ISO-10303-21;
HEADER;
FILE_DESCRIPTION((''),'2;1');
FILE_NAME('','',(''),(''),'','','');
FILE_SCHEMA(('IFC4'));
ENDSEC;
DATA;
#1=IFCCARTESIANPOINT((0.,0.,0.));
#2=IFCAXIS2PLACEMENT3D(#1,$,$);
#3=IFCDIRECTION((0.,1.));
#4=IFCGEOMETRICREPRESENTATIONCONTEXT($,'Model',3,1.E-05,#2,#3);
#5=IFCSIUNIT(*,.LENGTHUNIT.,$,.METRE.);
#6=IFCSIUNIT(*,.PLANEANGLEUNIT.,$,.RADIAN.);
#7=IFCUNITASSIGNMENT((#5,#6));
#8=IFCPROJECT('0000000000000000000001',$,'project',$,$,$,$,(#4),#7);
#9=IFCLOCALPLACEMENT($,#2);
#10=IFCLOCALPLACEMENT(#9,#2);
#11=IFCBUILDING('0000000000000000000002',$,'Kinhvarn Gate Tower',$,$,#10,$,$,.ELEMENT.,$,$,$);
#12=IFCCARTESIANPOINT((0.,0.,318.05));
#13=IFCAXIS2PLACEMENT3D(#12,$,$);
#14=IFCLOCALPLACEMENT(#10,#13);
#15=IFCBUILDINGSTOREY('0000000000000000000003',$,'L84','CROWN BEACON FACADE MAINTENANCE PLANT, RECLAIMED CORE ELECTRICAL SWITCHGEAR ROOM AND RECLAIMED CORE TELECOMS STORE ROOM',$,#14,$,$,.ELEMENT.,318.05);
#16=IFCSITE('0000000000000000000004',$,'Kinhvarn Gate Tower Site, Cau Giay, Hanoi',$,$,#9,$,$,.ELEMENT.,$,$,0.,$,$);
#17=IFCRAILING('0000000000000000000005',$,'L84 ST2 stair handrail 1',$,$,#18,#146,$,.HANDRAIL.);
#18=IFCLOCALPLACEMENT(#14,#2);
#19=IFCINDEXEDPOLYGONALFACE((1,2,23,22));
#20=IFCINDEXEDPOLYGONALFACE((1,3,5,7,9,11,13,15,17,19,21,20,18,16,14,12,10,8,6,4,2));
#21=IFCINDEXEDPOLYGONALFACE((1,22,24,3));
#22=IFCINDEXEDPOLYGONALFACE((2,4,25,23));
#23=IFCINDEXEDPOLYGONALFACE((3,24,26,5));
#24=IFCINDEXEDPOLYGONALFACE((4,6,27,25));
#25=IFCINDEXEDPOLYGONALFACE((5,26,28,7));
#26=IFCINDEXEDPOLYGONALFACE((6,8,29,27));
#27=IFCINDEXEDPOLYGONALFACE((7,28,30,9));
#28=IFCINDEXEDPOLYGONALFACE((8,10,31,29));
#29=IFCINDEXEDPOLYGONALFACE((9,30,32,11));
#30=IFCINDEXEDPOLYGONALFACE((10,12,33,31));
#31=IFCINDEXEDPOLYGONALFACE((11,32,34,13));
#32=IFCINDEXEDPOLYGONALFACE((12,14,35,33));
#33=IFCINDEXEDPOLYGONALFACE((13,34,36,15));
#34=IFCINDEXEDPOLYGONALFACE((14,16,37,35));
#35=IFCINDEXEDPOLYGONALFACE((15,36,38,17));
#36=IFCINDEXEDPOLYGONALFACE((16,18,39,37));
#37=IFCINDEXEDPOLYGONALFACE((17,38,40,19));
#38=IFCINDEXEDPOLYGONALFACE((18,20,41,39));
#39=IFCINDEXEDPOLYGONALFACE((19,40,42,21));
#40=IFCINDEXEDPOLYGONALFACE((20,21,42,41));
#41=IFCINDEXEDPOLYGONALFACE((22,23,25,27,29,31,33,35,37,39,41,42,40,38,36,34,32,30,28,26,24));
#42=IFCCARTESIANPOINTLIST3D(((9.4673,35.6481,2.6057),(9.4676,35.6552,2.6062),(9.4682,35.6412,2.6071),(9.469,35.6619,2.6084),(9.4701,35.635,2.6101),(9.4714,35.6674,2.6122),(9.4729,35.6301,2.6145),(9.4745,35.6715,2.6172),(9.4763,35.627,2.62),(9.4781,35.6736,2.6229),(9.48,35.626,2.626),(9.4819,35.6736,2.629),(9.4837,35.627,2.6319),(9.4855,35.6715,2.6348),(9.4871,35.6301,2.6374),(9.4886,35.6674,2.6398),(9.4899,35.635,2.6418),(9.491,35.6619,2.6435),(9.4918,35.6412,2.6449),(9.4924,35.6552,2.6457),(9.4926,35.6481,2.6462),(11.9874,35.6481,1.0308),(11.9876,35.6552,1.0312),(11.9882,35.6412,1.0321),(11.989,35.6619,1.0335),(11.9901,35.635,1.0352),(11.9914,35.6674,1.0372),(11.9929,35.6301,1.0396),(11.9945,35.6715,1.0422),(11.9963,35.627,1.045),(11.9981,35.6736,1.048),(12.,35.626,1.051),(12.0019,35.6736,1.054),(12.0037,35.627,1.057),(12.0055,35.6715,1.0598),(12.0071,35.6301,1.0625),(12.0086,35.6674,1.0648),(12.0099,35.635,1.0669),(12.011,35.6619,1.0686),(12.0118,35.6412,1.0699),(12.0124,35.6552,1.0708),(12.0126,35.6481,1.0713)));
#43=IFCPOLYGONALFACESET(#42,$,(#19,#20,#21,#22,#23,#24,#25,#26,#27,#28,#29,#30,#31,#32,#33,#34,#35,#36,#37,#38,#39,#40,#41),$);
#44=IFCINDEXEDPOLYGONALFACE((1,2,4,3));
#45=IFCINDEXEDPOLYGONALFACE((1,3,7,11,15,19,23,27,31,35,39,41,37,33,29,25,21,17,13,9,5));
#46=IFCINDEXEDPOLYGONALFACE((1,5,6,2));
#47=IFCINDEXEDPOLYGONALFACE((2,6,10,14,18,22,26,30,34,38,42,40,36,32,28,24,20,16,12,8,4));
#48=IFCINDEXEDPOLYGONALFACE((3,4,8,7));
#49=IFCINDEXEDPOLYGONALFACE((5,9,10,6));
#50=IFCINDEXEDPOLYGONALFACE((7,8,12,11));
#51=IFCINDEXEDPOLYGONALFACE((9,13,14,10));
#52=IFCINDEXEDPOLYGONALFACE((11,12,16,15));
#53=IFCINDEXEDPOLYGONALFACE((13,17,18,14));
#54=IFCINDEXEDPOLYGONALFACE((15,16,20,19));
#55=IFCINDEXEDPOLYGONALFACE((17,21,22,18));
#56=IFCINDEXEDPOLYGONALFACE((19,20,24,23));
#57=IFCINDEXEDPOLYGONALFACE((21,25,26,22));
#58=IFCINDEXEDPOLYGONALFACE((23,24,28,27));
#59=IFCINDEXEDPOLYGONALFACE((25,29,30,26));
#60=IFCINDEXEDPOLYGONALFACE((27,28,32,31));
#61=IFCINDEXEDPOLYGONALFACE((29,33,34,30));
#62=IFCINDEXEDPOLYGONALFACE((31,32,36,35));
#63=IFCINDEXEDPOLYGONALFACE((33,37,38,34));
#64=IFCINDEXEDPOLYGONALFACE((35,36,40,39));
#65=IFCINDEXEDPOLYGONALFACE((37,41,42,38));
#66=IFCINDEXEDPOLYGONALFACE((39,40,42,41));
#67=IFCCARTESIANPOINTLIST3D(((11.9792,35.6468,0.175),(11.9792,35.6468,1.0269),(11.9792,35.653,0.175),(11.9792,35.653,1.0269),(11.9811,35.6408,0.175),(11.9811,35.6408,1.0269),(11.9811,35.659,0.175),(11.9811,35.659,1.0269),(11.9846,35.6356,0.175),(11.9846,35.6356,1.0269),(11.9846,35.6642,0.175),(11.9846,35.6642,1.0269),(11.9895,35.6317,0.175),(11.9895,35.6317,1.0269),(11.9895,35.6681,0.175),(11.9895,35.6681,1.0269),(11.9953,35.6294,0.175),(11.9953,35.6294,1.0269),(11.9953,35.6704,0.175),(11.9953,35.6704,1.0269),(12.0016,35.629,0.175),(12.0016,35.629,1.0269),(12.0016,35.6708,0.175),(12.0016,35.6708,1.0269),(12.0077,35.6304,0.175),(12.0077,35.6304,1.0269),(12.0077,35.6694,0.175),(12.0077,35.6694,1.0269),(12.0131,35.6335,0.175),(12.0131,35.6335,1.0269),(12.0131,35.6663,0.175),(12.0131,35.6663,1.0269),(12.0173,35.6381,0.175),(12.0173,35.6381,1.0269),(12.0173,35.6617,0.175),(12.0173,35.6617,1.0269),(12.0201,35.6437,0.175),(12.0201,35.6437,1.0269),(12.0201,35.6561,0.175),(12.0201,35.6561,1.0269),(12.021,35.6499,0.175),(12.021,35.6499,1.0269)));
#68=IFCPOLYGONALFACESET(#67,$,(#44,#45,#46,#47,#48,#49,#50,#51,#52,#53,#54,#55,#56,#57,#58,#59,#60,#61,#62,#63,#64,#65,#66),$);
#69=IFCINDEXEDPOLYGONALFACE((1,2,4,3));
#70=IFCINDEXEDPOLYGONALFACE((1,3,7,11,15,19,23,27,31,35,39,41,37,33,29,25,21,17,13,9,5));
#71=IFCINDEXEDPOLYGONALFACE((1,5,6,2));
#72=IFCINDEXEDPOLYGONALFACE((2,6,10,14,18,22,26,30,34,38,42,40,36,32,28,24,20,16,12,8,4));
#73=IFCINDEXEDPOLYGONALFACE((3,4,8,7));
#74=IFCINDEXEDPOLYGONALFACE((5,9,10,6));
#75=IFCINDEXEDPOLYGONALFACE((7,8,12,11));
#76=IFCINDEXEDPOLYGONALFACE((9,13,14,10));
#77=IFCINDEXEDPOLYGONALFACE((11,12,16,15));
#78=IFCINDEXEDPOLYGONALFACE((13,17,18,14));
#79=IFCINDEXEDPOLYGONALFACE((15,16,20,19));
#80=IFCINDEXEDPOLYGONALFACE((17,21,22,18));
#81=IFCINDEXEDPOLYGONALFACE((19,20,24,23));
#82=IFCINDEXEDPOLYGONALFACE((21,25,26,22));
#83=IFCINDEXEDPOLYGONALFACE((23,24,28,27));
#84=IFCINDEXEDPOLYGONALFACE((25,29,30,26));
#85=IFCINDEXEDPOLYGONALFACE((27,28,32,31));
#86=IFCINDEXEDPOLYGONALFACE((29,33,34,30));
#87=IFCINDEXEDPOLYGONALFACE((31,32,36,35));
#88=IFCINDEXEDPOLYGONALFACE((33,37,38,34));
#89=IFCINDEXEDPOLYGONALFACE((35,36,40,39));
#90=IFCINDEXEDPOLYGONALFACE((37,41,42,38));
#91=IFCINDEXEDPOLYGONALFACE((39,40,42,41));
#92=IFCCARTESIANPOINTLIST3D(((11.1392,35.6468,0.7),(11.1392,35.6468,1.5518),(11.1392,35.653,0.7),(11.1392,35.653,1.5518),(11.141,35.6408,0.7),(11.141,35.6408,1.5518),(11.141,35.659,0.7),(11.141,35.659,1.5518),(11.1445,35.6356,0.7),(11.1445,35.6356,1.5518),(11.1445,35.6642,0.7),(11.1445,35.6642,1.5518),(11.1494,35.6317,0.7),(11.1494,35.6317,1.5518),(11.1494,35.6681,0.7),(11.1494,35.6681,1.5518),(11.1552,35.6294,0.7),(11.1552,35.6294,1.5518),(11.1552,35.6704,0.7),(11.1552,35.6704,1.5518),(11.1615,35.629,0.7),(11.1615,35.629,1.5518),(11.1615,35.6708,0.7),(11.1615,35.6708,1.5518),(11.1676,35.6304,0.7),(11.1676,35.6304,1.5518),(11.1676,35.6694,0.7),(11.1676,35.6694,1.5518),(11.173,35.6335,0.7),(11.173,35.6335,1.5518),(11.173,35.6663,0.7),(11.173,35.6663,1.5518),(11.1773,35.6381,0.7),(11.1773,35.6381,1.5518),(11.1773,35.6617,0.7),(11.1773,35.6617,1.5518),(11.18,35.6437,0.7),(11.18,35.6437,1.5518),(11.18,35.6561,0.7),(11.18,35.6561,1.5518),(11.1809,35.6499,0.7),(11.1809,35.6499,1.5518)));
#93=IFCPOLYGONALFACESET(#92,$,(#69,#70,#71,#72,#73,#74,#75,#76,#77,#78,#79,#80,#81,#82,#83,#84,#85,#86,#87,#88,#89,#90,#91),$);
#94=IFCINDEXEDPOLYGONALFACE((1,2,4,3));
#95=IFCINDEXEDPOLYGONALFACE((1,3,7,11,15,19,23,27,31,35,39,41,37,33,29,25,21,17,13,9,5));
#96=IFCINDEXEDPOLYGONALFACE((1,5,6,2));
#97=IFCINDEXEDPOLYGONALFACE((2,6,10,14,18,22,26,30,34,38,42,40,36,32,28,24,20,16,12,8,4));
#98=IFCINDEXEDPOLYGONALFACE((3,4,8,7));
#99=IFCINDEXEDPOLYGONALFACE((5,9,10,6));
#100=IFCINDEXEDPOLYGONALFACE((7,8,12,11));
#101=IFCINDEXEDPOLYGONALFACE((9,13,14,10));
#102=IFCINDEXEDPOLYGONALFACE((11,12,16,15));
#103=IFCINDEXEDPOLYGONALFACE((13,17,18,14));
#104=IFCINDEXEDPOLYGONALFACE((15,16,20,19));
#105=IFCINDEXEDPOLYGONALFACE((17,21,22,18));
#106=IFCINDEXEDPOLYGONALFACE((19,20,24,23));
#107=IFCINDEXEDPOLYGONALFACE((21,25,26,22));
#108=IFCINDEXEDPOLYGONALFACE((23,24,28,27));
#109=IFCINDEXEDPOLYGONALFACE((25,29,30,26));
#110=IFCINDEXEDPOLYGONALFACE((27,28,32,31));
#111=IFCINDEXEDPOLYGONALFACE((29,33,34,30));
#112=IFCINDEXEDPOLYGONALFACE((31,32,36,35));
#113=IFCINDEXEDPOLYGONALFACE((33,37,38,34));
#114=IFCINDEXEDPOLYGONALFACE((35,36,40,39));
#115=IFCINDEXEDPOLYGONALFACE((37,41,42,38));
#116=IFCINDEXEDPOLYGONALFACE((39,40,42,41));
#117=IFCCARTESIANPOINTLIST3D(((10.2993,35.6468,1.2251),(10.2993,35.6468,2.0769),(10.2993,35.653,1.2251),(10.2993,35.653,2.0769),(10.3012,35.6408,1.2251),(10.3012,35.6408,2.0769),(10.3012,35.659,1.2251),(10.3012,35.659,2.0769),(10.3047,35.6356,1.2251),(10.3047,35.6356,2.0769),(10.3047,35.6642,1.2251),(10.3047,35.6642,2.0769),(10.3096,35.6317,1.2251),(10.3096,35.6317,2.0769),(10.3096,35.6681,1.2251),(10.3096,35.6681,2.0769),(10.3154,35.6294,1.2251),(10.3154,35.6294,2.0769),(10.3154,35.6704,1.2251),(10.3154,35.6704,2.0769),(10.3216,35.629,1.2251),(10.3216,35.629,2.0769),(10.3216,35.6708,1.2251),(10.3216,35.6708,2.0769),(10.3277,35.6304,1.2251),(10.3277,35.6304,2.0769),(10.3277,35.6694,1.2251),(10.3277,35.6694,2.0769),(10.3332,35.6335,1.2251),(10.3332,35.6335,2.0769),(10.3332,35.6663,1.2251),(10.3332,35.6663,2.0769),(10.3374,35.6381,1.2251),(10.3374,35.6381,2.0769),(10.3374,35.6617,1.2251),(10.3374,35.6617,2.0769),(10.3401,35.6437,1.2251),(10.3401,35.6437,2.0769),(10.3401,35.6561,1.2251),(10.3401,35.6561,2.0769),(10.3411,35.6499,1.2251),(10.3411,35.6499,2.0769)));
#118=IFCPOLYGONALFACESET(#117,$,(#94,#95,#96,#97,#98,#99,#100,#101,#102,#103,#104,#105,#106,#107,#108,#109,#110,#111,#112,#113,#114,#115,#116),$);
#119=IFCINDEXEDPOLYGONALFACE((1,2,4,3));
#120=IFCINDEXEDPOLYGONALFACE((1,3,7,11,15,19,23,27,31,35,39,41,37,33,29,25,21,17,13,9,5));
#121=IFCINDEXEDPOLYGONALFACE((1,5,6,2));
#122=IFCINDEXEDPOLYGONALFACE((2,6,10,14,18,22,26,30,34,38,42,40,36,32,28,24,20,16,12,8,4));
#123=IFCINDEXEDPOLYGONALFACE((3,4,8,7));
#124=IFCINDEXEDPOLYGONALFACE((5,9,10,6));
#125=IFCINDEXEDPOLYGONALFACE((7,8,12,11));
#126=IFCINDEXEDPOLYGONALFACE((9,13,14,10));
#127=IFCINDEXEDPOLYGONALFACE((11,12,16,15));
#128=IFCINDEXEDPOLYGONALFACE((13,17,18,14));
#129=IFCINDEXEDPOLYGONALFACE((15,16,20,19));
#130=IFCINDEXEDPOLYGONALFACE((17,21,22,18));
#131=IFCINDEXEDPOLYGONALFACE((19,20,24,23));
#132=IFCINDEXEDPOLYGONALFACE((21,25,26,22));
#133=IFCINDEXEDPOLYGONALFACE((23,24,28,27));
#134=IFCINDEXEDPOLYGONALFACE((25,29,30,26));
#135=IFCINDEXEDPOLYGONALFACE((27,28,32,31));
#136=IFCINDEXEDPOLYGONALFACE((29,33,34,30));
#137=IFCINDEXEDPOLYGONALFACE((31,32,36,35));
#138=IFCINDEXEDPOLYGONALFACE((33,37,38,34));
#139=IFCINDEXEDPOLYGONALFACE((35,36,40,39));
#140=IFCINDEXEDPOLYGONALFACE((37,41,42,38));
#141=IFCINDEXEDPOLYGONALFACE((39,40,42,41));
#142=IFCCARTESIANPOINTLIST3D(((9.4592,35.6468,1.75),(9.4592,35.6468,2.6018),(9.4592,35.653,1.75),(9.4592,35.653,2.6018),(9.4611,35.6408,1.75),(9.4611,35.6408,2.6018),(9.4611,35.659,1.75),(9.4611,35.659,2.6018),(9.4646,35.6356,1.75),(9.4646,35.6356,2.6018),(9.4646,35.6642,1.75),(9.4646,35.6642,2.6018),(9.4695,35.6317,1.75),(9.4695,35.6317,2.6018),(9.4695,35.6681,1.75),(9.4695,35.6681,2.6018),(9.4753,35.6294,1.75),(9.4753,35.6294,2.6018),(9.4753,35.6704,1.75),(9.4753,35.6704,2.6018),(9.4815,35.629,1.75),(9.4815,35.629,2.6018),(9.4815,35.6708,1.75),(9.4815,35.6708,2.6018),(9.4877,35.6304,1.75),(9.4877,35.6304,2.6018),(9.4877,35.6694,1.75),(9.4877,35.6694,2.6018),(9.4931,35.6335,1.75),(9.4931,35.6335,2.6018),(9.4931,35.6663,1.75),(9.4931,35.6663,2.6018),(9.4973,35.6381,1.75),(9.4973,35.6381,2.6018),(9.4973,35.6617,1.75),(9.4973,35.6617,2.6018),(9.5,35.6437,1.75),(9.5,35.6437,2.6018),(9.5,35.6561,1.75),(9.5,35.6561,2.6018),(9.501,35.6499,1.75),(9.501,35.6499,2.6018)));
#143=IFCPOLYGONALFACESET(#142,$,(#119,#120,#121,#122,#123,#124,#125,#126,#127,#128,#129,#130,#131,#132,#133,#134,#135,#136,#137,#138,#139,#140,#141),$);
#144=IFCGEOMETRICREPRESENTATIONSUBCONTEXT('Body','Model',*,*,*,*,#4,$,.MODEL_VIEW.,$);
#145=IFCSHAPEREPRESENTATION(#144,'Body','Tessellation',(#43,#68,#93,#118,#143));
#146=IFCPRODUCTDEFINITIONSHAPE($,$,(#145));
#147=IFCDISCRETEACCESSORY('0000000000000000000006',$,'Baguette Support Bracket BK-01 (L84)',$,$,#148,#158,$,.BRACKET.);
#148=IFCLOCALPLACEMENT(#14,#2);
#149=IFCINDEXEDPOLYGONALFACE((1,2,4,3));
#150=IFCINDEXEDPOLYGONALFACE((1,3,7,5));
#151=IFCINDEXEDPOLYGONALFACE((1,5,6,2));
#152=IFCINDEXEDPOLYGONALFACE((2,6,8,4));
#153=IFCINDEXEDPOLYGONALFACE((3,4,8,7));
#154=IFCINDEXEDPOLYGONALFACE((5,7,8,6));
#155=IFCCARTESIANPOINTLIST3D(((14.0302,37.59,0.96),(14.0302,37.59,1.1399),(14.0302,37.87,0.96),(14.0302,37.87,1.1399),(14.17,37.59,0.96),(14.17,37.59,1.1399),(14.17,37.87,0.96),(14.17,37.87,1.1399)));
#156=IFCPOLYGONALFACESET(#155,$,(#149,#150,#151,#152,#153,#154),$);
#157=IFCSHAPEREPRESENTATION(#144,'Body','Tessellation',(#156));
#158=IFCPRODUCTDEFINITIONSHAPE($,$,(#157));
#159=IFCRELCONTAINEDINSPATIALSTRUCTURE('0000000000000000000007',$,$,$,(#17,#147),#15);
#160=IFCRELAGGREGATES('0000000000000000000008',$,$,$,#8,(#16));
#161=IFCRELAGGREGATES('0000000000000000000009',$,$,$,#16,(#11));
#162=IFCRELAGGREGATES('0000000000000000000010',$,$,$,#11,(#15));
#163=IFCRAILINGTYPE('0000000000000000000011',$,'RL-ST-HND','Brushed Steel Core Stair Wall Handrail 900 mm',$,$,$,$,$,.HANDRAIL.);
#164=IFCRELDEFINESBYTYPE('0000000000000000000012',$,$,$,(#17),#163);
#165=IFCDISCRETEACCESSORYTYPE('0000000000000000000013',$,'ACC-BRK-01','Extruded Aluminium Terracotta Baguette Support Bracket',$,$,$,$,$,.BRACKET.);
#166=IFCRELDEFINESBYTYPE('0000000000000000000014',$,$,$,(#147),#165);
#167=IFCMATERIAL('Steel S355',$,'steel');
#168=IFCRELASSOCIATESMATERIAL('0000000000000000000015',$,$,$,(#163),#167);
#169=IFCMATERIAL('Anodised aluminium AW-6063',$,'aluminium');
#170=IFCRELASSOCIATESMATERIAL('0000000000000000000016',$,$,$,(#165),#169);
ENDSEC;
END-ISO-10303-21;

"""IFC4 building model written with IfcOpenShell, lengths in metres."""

from ifc_helpers import new_model, si_unit, direction, frame, origin, origin_2d, place, context, subcontext, project, spatial, rectangle, circle, extrude, material, type_object, element, save


model = new_model("IFC4")

# Units and contexts
model_context = context("Model", 3, precision=1e-05, world=origin(), true_north=direction((0.0, 1.0)))
body_context = subcontext(model_context, "Body", "Model", "MODEL_VIEW")
ifc_project = project(units=[si_unit("LENGTHUNIT", "METRE"), si_unit("PLANEANGLEUNIT", "RADIAN")], contexts=[model_context])

# Site, building, storey
site_placement = place(None, origin())
site = spatial("IfcSite", under=ifc_project, at=site_placement, Name="Kinhvarn Gate Tower Site, Cau Giay, Hanoi", CompositionType="ELEMENT", RefElevation=0.0)
building_placement = place(site_placement, origin())
building = spatial("IfcBuilding", under=site, at=building_placement, Name="Kinhvarn Gate Tower", CompositionType="ELEMENT")
storey_placement = place(building_placement, frame((0.0, 0.0, 318.05)))
storey = spatial("IfcBuildingStorey", under=building, at=storey_placement, Name="L84", Description="CROWN BEACON FACADE MAINTENANCE PLANT, RECLAIMED CORE ELECTRICAL SWITCHGEAR ROOM AND RECLAIMED CORE TELECOMS STORE ROOM", CompositionType="ELEMENT", Elevation=318.05)

# Shared definitions
ifc_material_1 = material(Name="Anodised aluminium AW-6063", Category="aluminium")

# Railing
ifc_material_2 = material(Name="Steel S355", Category="steel")
railing_type_1 = type_object("IfcRailingType", Name="RL-ST-HND", Description="Brushed Steel Core Stair Wall Handrail 900 mm", PredefinedType="HANDRAIL", material=ifc_material_2)
railing_1_placement = place(storey_placement, frame((12.0, 35.6499, 0.175)))
element("IfcRailing", 1, at=railing_1_placement, inside=storey, type_object=railing_type_1, Name="L84 ST2 stair handrail 1", PredefinedType="HANDRAIL", context=body_context, shape_type="SweptSolid", body=[
    extrude(circle(Radius=0.0239, at=origin_2d()), frame((0.0, 0.0, 0.876), z_axis=(-0.848008, 0.0, 0.529984), x_axis=(0.0, -1.0, 0.0)), (0.0, 0.0, 1.0), 2.9717),
    extrude(circle(Radius=0.021, at=origin_2d()), origin(), (0.0, 0.0, 1.0), 0.8518),
    extrude(circle(Radius=0.021, at=origin_2d()), frame((-0.8401, 0.0, 0.5249)), (0.0, 0.0, 1.0), 0.8518),
    extrude(circle(Radius=0.021, at=origin_2d()), frame((-1.6799, 0.0, 1.05)), (0.0, 0.0, 1.0), 0.8518),
    extrude(circle(Radius=0.021, at=origin_2d()), frame((-2.52, 0.0, 1.575)), (0.0, 0.0, 1.0), 0.8518),
])

# Discrete accessory
discrete_accessory_type = type_object("IfcDiscreteAccessoryType", Name="ACC-BRK-01", Description="Extruded Aluminium Terracotta Baguette Support Bracket", PredefinedType="BRACKET", material=ifc_material_1)
discrete_accessory_placement = place(storey_placement, frame((14.1001, 37.73, 0.96), z_axis=(0.0, 0.0, 1.0), x_axis=(-1.0, 0.0, 0.0)))
element("IfcDiscreteAccessory", 2, at=discrete_accessory_placement, inside=storey, type_object=discrete_accessory_type, Name="Baguette Support Bracket BK-01 (L84)", PredefinedType="BRACKET", context=body_context, shape_type="SweptSolid", body=[
    extrude(rectangle(XDim=0.1399, YDim=0.28, at=origin_2d()), origin(), (0.0, 0.0, 1.0), 0.1799),
])

save(model, "model.ifc")
